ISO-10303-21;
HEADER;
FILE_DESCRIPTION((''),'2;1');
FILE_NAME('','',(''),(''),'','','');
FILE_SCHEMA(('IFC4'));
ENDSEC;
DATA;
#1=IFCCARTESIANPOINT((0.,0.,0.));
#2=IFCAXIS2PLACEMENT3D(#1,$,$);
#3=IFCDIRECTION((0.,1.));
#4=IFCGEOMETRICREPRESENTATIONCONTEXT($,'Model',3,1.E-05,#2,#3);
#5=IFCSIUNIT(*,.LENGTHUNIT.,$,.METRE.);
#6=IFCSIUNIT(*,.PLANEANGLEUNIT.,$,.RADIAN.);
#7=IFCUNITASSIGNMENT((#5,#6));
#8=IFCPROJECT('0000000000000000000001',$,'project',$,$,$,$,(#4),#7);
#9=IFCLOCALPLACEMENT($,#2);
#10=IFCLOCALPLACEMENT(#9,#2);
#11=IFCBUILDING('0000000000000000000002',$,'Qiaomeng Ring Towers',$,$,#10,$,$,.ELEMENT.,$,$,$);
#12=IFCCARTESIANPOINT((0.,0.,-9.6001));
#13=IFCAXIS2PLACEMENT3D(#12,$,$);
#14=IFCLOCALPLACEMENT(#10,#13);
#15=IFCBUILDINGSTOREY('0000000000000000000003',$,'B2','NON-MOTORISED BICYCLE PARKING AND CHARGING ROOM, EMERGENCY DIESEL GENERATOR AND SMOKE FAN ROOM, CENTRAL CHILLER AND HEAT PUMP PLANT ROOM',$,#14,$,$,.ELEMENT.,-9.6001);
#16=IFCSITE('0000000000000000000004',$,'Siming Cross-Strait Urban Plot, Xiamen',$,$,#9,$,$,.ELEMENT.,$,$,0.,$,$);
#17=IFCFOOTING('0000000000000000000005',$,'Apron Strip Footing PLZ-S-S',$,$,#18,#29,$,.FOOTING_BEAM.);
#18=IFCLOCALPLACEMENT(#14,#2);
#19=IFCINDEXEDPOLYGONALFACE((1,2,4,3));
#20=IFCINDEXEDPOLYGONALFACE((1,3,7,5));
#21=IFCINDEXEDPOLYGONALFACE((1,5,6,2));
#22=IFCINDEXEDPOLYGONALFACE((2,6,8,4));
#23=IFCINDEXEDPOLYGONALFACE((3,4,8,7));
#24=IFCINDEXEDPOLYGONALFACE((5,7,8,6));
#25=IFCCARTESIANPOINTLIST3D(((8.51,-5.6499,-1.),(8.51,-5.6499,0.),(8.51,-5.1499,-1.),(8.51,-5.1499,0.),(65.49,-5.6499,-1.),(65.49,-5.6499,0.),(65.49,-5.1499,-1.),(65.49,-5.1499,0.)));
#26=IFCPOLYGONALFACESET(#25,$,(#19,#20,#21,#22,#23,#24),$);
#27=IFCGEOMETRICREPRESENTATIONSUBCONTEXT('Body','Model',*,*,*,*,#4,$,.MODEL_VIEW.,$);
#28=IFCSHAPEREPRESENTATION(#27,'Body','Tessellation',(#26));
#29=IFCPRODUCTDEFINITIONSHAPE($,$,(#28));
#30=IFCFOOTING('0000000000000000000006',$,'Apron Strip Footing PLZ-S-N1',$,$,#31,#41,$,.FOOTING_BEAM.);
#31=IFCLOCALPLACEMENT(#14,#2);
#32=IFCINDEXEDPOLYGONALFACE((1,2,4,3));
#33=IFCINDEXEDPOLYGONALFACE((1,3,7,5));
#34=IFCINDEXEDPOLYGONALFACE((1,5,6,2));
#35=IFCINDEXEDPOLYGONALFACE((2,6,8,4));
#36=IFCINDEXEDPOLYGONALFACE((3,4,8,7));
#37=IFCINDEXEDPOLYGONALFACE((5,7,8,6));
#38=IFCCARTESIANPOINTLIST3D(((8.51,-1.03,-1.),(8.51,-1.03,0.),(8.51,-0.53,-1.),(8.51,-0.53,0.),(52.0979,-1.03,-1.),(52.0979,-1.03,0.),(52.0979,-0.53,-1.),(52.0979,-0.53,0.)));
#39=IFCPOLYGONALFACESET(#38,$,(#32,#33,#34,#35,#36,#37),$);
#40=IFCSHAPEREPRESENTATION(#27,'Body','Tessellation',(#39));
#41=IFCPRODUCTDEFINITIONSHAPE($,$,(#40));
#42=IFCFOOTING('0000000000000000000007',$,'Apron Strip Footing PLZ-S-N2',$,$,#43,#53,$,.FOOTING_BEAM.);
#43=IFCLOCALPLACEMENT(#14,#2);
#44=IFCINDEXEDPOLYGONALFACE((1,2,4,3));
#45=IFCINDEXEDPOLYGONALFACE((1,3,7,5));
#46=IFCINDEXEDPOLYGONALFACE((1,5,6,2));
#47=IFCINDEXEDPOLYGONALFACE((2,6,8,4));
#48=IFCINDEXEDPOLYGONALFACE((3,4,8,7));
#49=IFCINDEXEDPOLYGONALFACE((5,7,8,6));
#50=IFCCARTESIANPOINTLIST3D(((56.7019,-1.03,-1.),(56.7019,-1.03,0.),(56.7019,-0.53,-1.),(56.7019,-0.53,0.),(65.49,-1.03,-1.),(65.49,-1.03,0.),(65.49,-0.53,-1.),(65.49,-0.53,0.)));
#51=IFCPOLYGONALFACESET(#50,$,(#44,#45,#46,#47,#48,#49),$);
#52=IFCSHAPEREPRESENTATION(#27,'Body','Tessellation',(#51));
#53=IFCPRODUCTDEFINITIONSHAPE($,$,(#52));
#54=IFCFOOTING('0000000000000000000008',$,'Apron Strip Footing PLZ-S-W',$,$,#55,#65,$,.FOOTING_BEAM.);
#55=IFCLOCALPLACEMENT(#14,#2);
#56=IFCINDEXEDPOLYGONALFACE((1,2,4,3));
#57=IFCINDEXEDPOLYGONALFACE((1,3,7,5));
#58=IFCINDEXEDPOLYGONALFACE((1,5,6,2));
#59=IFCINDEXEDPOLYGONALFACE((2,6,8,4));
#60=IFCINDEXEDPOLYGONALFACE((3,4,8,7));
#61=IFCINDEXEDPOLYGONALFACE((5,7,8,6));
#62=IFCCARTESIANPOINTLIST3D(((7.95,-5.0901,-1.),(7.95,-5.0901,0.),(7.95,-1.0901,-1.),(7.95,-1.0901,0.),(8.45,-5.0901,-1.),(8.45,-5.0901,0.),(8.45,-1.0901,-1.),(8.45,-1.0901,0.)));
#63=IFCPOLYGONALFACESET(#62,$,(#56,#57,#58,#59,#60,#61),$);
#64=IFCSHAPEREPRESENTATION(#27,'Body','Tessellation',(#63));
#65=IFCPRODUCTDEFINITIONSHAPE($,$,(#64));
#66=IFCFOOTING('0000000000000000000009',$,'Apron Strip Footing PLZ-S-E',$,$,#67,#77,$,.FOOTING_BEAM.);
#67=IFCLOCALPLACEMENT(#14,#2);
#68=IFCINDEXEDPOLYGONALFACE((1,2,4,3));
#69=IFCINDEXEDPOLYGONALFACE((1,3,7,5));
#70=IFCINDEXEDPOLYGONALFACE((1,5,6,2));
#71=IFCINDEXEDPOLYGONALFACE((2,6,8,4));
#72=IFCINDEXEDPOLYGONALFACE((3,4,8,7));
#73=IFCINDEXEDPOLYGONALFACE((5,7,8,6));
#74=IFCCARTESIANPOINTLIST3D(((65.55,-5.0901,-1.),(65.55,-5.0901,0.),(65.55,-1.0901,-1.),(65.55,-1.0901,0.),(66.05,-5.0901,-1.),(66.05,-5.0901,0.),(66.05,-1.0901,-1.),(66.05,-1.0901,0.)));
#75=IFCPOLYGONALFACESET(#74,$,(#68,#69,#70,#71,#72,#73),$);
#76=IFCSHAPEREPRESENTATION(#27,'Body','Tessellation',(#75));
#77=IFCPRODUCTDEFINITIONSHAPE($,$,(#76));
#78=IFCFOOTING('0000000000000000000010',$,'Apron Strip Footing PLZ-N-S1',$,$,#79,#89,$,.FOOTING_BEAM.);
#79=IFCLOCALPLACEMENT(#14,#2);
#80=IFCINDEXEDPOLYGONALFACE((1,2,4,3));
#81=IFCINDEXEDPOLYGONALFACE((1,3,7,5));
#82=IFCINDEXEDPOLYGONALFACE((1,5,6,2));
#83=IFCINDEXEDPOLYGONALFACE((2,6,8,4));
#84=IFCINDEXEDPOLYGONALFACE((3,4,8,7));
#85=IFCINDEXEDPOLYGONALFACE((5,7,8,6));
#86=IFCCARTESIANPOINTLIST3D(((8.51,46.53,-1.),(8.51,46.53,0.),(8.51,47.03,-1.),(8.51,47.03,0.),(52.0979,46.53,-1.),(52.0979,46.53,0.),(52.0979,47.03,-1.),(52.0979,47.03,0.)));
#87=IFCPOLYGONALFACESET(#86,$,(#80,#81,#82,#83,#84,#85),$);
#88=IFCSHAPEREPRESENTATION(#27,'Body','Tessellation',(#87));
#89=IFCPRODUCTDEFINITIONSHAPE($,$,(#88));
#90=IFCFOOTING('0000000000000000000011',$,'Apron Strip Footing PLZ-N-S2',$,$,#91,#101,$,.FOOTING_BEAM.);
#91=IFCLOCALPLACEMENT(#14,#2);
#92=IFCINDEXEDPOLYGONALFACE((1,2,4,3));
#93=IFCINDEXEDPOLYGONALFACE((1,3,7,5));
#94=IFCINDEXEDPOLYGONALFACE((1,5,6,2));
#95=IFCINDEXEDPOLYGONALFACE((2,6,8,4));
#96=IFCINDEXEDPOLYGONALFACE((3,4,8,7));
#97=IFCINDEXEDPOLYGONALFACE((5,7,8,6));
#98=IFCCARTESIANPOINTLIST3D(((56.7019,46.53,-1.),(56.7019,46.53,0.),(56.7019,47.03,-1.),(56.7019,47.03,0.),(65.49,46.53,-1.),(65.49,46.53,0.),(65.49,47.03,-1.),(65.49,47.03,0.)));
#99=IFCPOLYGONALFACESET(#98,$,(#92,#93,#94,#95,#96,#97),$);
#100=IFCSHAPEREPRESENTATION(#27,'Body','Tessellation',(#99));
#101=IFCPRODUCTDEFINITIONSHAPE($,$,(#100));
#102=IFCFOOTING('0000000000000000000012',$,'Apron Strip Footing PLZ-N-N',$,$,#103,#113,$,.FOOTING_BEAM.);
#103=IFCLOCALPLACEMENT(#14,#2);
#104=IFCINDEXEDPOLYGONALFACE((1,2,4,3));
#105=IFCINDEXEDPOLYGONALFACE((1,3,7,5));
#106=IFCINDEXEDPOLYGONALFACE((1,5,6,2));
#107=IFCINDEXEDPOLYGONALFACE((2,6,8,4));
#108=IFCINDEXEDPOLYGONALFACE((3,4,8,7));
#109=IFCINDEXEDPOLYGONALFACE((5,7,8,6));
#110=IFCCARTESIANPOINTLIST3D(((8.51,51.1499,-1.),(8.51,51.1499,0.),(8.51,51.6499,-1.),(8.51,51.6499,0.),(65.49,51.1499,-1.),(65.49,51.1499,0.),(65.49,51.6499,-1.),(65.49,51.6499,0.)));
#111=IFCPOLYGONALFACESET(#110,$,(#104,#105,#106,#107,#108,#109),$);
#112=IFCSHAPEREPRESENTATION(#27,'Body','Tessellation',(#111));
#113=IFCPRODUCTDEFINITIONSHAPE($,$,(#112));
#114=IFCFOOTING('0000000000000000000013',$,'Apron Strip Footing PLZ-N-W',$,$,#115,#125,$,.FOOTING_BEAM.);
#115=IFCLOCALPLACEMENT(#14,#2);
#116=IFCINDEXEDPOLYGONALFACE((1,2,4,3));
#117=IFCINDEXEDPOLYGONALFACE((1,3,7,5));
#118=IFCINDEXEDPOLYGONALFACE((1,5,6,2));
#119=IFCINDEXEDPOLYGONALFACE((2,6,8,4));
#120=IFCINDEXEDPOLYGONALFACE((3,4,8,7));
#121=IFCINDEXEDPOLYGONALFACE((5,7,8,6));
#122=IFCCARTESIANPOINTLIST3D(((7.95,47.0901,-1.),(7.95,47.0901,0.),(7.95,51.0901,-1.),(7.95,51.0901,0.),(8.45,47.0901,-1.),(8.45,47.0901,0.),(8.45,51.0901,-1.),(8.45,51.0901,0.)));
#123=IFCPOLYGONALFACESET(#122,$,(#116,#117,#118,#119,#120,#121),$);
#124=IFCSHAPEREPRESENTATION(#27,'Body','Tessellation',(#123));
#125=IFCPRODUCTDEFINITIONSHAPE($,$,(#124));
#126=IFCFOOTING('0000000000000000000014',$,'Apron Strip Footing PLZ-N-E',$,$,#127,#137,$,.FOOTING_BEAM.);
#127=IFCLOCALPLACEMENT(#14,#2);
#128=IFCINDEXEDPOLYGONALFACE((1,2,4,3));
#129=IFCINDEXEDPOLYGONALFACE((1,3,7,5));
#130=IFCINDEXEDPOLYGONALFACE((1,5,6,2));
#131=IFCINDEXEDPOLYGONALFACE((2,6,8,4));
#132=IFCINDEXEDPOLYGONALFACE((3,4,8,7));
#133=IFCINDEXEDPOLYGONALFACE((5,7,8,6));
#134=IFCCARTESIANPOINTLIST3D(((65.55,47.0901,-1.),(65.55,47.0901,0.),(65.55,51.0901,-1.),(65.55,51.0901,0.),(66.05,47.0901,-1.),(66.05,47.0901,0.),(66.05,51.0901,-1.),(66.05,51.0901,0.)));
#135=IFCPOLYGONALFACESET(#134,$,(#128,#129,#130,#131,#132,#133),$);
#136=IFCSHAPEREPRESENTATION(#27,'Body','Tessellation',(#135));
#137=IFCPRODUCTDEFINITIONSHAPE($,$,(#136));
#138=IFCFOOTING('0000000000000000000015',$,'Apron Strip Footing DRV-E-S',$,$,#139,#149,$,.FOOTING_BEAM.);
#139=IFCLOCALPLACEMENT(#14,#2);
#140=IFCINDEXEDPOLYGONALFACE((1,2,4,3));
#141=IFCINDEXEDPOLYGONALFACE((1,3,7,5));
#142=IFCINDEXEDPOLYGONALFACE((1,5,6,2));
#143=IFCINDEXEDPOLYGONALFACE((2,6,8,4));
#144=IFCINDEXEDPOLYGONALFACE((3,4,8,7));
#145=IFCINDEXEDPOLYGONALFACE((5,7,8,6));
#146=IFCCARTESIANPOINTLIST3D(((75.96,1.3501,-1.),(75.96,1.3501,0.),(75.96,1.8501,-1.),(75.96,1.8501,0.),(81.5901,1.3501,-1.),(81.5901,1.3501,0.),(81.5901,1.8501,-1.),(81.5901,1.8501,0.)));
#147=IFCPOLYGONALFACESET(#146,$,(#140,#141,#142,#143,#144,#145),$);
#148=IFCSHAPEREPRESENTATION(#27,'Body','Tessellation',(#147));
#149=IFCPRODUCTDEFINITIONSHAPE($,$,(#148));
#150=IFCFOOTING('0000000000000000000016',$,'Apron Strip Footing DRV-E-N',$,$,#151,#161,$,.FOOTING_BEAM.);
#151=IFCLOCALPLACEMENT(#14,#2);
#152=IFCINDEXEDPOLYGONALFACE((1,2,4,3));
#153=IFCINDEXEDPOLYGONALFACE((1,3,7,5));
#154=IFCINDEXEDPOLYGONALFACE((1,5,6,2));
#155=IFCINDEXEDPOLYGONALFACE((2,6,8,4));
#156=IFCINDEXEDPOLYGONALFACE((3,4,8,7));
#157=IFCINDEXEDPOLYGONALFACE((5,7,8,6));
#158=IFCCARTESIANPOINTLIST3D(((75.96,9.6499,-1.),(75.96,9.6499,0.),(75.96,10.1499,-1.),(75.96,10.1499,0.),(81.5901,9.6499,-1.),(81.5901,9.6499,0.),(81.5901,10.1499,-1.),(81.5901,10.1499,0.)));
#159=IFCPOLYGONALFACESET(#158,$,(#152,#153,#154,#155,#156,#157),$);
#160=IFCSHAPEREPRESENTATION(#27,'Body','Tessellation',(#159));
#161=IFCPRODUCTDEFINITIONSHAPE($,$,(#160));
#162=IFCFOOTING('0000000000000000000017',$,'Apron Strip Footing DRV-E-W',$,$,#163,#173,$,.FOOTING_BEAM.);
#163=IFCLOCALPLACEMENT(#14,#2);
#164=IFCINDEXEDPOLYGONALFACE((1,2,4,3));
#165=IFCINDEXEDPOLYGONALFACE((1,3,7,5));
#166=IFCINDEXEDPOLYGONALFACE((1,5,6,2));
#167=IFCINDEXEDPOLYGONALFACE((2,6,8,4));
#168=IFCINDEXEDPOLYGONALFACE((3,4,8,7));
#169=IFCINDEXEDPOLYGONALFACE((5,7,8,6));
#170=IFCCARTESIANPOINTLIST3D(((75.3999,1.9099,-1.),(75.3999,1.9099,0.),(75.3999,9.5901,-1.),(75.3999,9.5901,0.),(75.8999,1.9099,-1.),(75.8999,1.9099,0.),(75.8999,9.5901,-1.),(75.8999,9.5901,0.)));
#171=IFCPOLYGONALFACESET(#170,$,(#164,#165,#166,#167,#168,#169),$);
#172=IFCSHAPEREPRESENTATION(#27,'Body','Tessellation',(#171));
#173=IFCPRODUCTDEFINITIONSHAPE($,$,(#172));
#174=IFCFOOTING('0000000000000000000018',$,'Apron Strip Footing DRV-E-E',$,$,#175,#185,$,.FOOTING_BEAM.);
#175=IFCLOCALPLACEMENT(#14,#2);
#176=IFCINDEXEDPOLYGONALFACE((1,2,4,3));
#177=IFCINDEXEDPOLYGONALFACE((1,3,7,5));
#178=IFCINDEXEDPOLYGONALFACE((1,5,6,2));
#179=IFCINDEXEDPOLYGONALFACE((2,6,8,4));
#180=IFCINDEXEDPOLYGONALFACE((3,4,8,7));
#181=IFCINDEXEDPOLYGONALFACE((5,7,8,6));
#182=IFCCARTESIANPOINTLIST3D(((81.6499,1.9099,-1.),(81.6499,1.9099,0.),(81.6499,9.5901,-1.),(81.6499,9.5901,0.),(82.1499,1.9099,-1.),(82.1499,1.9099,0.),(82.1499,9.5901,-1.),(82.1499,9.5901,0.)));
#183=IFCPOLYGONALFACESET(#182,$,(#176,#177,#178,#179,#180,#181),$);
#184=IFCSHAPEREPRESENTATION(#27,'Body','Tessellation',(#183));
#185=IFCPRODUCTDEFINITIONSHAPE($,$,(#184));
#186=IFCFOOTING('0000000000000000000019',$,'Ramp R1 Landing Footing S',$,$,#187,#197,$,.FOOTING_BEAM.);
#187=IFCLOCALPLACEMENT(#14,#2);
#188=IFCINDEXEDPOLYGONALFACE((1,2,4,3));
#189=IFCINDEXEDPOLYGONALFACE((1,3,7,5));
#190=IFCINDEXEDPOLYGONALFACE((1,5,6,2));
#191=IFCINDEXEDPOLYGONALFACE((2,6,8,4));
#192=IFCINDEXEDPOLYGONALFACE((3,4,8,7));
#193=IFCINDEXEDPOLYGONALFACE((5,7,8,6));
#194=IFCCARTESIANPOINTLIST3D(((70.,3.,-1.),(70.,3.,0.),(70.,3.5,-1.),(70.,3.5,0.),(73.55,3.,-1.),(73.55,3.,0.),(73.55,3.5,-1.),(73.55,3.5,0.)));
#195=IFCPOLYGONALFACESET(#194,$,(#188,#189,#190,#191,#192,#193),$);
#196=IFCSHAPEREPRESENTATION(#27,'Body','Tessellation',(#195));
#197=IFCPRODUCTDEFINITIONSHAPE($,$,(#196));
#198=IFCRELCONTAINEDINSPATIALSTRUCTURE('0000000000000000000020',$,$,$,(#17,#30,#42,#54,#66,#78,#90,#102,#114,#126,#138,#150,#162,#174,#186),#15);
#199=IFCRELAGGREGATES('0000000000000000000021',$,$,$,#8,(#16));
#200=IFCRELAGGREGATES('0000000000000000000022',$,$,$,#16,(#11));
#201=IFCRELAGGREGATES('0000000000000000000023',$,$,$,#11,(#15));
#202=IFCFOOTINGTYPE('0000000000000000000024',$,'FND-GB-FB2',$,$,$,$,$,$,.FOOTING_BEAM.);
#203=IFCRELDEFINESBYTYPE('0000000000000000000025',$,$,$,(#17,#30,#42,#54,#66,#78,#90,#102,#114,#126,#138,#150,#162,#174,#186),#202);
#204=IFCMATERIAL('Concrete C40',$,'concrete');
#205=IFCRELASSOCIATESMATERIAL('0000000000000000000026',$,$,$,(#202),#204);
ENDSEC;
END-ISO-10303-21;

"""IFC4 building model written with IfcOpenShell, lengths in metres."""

from ifc_helpers import new_model, si_unit, direction, frame, origin, place, context, subcontext, project, spatial, polyline, outline, extrude, material, type_object, element, save


model = new_model("IFC4")

# Units and contexts
model_context = context("Model", 3, precision=1e-05, world=origin(), true_north=direction((0.0, 1.0)))
body_context = subcontext(model_context, "Body", "Model", "MODEL_VIEW")
ifc_project = project(units=[si_unit("LENGTHUNIT", "METRE"), si_unit("PLANEANGLEUNIT", "RADIAN")], contexts=[model_context])

# Site, building, storey
site_placement = place(None, origin())
site = spatial("IfcSite", under=ifc_project, at=site_placement, Name="Siming Cross-Strait Urban Plot, Xiamen", CompositionType="ELEMENT", RefElevation=0.0)
building_placement = place(site_placement, origin())
building = spatial("IfcBuilding", under=site, at=building_placement, Name="Qiaomeng Ring Towers", CompositionType="ELEMENT")
storey_placement = place(building_placement, frame((0.0, 0.0, -9.6001)))
storey = spatial("IfcBuildingStorey", under=building, at=storey_placement, Name="B2", Description="NON-MOTORISED BICYCLE PARKING AND CHARGING ROOM, EMERGENCY DIESEL GENERATOR AND SMOKE FAN ROOM, CENTRAL CHILLER AND HEAT PUMP PLANT ROOM", CompositionType="ELEMENT", Elevation=-9.6001)

# Footings
ifc_material_1 = material(Name="Concrete C40", Category="concrete")
footing_type_1 = type_object("IfcFootingType", Name="FND-GB-FB2", PredefinedType="FOOTING_BEAM", material=ifc_material_1)
footing_1_placement = place(storey_placement, frame((0.0, 0.0, -1.0)))
element("IfcFooting", 1, at=footing_1_placement, inside=storey, type_object=footing_type_1, Name="Apron Strip Footing PLZ-S-S", PredefinedType="FOOTING_BEAM", context=body_context, shape_type="SweptSolid", body=[
    extrude(outline(polyline([(8.51, -5.6499), (65.49, -5.6499), (65.49, -5.1499), (8.51, -5.1499), (8.51, -5.6499)])), origin(), (0.0, 0.0, 1.0), 1.0),
])
footing_2_placement = place(storey_placement, frame((0.0, 0.0, -1.0)))
element("IfcFooting", 2, at=footing_2_placement, inside=storey, type_object=footing_type_1, Name="Apron Strip Footing PLZ-S-N1", PredefinedType="FOOTING_BEAM", context=body_context, shape_type="SweptSolid", body=[
    extrude(outline(polyline([(8.51, -1.03), (52.0979, -1.03), (52.0979, -0.53), (8.51, -0.53), (8.51, -1.03)])), origin(), (0.0, 0.0, 1.0), 1.0),
])
footing_3_placement = place(storey_placement, frame((0.0, 0.0, -1.0)))
element("IfcFooting", 3, at=footing_3_placement, inside=storey, type_object=footing_type_1, Name="Apron Strip Footing PLZ-S-N2", PredefinedType="FOOTING_BEAM", context=body_context, shape_type="SweptSolid", body=[
    extrude(outline(polyline([(56.7019, -1.03), (65.49, -1.03), (65.49, -0.53), (56.7019, -0.53), (56.7019, -1.03)])), origin(), (0.0, 0.0, 1.0), 1.0),
])
footing_4_placement = place(storey_placement, frame((0.0, 0.0, -1.0)))
element("IfcFooting", 4, at=footing_4_placement, inside=storey, type_object=footing_type_1, Name="Apron Strip Footing PLZ-S-W", PredefinedType="FOOTING_BEAM", context=body_context, shape_type="SweptSolid", body=[
    extrude(outline(polyline([(7.95, -5.0901), (8.45, -5.0901), (8.45, -1.0901), (7.95, -1.0901), (7.95, -5.0901)])), origin(), (0.0, 0.0, 1.0), 1.0),
])
footing_5_placement = place(storey_placement, frame((0.0, 0.0, -1.0)))
element("IfcFooting", 5, at=footing_5_placement, inside=storey, type_object=footing_type_1, Name="Apron Strip Footing PLZ-S-E", PredefinedType="FOOTING_BEAM", context=body_context, shape_type="SweptSolid", body=[
    extrude(outline(polyline([(65.55, -5.0901), (66.05, -5.0901), (66.05, -1.0901), (65.55, -1.0901), (65.55, -5.0901)])), origin(), (0.0, 0.0, 1.0), 1.0),
])
footing_6_placement = place(storey_placement, frame((0.0, 0.0, -1.0)))
element("IfcFooting", 6, at=footing_6_placement, inside=storey, type_object=footing_type_1, Name="Apron Strip Footing PLZ-N-S1", PredefinedType="FOOTING_BEAM", context=body_context, shape_type="SweptSolid", body=[
    extrude(outline(polyline([(8.51, 46.53), (52.0979, 46.53), (52.0979, 47.03), (8.51, 47.03), (8.51, 46.53)])), origin(), (0.0, 0.0, 1.0), 1.0),
])
footing_7_placement = place(storey_placement, frame((0.0, 0.0, -1.0)))
element("IfcFooting", 7, at=footing_7_placement, inside=storey, type_object=footing_type_1, Name="Apron Strip Footing PLZ-N-S2", PredefinedType="FOOTING_BEAM", context=body_context, shape_type="SweptSolid", body=[
    extrude(outline(polyline([(56.7019, 46.53), (65.49, 46.53), (65.49, 47.03), (56.7019, 47.03), (56.7019, 46.53)])), origin(), (0.0, 0.0, 1.0), 1.0),
])
footing_8_placement = place(storey_placement, frame((0.0, 0.0, -1.0)))
element("IfcFooting", 8, at=footing_8_placement, inside=storey, type_object=footing_type_1, Name="Apron Strip Footing PLZ-N-N", PredefinedType="FOOTING_BEAM", context=body_context, shape_type="SweptSolid", body=[
    extrude(outline(polyline([(8.51, 51.1499), (65.49, 51.1499), (65.49, 51.6499), (8.51, 51.6499), (8.51, 51.1499)])), origin(), (0.0, 0.0, 1.0), 1.0),
])
footing_9_placement = place(storey_placement, frame((0.0, 0.0, -1.0)))
element("IfcFooting", 9, at=footing_9_placement, inside=storey, type_object=footing_type_1, Name="Apron Strip Footing PLZ-N-W", PredefinedType="FOOTING_BEAM", context=body_context, shape_type="SweptSolid", body=[
    extrude(outline(polyline([(7.95, 47.0901), (8.45, 47.0901), (8.45, 51.0901), (7.95, 51.0901), (7.95, 47.0901)])), origin(), (0.0, 0.0, 1.0), 1.0),
])
footing_10_placement = place(storey_placement, frame((0.0, 0.0, -1.0)))
element("IfcFooting", 10, at=footing_10_placement, inside=storey, type_object=footing_type_1, Name="Apron Strip Footing PLZ-N-E", PredefinedType="FOOTING_BEAM", context=body_context, shape_type="SweptSolid", body=[
    extrude(outline(polyline([(65.55, 47.0901), (66.05, 47.0901), (66.05, 51.0901), (65.55, 51.0901), (65.55, 47.0901)])), origin(), (0.0, 0.0, 1.0), 1.0),
])
footing_11_placement = place(storey_placement, frame((0.0, 0.0, -1.0)))
element("IfcFooting", 11, at=footing_11_placement, inside=storey, type_object=footing_type_1, Name="Apron Strip Footing DRV-E-S", PredefinedType="FOOTING_BEAM", context=body_context, shape_type="SweptSolid", body=[
    extrude(outline(polyline([(75.96, 1.3501), (81.5901, 1.3501), (81.5901, 1.8501), (75.96, 1.8501), (75.96, 1.3501)])), origin(), (0.0, 0.0, 1.0), 1.0),
])
footing_12_placement = place(storey_placement, frame((0.0, 0.0, -1.0)))
element("IfcFooting", 12, at=footing_12_placement, inside=storey, type_object=footing_type_1, Name="Apron Strip Footing DRV-E-N", PredefinedType="FOOTING_BEAM", context=body_context, shape_type="SweptSolid", body=[
    extrude(outline(polyline([(75.96, 9.6499), (81.5901, 9.6499), (81.5901, 10.1499), (75.96, 10.1499), (75.96, 9.6499)])), origin(), (0.0, 0.0, 1.0), 1.0),
])
footing_13_placement = place(storey_placement, frame((0.0, 0.0, -1.0)))
element("IfcFooting", 13, at=footing_13_placement, inside=storey, type_object=footing_type_1, Name="Apron Strip Footing DRV-E-W", PredefinedType="FOOTING_BEAM", context=body_context, shape_type="SweptSolid", body=[
    extrude(outline(polyline([(75.3999, 1.9099), (75.8999, 1.9099), (75.8999, 9.5901), (75.3999, 9.5901), (75.3999, 1.9099)])), origin(), (0.0, 0.0, 1.0), 1.0),
])
footing_14_placement = place(storey_placement, frame((0.0, 0.0, -1.0)))
element("IfcFooting", 14, at=footing_14_placement, inside=storey, type_object=footing_type_1, Name="Apron Strip Footing DRV-E-E", PredefinedType="FOOTING_BEAM", context=body_context, shape_type="SweptSolid", body=[
    extrude(outline(polyline([(81.6499, 1.9099), (82.1499, 1.9099), (82.1499, 9.5901), (81.6499, 9.5901), (81.6499, 1.9099)])), origin(), (0.0, 0.0, 1.0), 1.0),
])
footing_15_placement = place(storey_placement, frame((0.0, 0.0, -1.0)))
element("IfcFooting", 15, at=footing_15_placement, inside=storey, type_object=footing_type_1, Name="Ramp R1 Landing Footing S", PredefinedType="FOOTING_BEAM", context=body_context, shape_type="SweptSolid", body=[
    extrude(outline(polyline([(70.0, 3.0), (73.55, 3.0), (73.55, 3.5), (70.0, 3.5), (70.0, 3.0)])), origin(), (0.0, 0.0, 1.0), 1.0),
])

save(model, "model.ifc")
